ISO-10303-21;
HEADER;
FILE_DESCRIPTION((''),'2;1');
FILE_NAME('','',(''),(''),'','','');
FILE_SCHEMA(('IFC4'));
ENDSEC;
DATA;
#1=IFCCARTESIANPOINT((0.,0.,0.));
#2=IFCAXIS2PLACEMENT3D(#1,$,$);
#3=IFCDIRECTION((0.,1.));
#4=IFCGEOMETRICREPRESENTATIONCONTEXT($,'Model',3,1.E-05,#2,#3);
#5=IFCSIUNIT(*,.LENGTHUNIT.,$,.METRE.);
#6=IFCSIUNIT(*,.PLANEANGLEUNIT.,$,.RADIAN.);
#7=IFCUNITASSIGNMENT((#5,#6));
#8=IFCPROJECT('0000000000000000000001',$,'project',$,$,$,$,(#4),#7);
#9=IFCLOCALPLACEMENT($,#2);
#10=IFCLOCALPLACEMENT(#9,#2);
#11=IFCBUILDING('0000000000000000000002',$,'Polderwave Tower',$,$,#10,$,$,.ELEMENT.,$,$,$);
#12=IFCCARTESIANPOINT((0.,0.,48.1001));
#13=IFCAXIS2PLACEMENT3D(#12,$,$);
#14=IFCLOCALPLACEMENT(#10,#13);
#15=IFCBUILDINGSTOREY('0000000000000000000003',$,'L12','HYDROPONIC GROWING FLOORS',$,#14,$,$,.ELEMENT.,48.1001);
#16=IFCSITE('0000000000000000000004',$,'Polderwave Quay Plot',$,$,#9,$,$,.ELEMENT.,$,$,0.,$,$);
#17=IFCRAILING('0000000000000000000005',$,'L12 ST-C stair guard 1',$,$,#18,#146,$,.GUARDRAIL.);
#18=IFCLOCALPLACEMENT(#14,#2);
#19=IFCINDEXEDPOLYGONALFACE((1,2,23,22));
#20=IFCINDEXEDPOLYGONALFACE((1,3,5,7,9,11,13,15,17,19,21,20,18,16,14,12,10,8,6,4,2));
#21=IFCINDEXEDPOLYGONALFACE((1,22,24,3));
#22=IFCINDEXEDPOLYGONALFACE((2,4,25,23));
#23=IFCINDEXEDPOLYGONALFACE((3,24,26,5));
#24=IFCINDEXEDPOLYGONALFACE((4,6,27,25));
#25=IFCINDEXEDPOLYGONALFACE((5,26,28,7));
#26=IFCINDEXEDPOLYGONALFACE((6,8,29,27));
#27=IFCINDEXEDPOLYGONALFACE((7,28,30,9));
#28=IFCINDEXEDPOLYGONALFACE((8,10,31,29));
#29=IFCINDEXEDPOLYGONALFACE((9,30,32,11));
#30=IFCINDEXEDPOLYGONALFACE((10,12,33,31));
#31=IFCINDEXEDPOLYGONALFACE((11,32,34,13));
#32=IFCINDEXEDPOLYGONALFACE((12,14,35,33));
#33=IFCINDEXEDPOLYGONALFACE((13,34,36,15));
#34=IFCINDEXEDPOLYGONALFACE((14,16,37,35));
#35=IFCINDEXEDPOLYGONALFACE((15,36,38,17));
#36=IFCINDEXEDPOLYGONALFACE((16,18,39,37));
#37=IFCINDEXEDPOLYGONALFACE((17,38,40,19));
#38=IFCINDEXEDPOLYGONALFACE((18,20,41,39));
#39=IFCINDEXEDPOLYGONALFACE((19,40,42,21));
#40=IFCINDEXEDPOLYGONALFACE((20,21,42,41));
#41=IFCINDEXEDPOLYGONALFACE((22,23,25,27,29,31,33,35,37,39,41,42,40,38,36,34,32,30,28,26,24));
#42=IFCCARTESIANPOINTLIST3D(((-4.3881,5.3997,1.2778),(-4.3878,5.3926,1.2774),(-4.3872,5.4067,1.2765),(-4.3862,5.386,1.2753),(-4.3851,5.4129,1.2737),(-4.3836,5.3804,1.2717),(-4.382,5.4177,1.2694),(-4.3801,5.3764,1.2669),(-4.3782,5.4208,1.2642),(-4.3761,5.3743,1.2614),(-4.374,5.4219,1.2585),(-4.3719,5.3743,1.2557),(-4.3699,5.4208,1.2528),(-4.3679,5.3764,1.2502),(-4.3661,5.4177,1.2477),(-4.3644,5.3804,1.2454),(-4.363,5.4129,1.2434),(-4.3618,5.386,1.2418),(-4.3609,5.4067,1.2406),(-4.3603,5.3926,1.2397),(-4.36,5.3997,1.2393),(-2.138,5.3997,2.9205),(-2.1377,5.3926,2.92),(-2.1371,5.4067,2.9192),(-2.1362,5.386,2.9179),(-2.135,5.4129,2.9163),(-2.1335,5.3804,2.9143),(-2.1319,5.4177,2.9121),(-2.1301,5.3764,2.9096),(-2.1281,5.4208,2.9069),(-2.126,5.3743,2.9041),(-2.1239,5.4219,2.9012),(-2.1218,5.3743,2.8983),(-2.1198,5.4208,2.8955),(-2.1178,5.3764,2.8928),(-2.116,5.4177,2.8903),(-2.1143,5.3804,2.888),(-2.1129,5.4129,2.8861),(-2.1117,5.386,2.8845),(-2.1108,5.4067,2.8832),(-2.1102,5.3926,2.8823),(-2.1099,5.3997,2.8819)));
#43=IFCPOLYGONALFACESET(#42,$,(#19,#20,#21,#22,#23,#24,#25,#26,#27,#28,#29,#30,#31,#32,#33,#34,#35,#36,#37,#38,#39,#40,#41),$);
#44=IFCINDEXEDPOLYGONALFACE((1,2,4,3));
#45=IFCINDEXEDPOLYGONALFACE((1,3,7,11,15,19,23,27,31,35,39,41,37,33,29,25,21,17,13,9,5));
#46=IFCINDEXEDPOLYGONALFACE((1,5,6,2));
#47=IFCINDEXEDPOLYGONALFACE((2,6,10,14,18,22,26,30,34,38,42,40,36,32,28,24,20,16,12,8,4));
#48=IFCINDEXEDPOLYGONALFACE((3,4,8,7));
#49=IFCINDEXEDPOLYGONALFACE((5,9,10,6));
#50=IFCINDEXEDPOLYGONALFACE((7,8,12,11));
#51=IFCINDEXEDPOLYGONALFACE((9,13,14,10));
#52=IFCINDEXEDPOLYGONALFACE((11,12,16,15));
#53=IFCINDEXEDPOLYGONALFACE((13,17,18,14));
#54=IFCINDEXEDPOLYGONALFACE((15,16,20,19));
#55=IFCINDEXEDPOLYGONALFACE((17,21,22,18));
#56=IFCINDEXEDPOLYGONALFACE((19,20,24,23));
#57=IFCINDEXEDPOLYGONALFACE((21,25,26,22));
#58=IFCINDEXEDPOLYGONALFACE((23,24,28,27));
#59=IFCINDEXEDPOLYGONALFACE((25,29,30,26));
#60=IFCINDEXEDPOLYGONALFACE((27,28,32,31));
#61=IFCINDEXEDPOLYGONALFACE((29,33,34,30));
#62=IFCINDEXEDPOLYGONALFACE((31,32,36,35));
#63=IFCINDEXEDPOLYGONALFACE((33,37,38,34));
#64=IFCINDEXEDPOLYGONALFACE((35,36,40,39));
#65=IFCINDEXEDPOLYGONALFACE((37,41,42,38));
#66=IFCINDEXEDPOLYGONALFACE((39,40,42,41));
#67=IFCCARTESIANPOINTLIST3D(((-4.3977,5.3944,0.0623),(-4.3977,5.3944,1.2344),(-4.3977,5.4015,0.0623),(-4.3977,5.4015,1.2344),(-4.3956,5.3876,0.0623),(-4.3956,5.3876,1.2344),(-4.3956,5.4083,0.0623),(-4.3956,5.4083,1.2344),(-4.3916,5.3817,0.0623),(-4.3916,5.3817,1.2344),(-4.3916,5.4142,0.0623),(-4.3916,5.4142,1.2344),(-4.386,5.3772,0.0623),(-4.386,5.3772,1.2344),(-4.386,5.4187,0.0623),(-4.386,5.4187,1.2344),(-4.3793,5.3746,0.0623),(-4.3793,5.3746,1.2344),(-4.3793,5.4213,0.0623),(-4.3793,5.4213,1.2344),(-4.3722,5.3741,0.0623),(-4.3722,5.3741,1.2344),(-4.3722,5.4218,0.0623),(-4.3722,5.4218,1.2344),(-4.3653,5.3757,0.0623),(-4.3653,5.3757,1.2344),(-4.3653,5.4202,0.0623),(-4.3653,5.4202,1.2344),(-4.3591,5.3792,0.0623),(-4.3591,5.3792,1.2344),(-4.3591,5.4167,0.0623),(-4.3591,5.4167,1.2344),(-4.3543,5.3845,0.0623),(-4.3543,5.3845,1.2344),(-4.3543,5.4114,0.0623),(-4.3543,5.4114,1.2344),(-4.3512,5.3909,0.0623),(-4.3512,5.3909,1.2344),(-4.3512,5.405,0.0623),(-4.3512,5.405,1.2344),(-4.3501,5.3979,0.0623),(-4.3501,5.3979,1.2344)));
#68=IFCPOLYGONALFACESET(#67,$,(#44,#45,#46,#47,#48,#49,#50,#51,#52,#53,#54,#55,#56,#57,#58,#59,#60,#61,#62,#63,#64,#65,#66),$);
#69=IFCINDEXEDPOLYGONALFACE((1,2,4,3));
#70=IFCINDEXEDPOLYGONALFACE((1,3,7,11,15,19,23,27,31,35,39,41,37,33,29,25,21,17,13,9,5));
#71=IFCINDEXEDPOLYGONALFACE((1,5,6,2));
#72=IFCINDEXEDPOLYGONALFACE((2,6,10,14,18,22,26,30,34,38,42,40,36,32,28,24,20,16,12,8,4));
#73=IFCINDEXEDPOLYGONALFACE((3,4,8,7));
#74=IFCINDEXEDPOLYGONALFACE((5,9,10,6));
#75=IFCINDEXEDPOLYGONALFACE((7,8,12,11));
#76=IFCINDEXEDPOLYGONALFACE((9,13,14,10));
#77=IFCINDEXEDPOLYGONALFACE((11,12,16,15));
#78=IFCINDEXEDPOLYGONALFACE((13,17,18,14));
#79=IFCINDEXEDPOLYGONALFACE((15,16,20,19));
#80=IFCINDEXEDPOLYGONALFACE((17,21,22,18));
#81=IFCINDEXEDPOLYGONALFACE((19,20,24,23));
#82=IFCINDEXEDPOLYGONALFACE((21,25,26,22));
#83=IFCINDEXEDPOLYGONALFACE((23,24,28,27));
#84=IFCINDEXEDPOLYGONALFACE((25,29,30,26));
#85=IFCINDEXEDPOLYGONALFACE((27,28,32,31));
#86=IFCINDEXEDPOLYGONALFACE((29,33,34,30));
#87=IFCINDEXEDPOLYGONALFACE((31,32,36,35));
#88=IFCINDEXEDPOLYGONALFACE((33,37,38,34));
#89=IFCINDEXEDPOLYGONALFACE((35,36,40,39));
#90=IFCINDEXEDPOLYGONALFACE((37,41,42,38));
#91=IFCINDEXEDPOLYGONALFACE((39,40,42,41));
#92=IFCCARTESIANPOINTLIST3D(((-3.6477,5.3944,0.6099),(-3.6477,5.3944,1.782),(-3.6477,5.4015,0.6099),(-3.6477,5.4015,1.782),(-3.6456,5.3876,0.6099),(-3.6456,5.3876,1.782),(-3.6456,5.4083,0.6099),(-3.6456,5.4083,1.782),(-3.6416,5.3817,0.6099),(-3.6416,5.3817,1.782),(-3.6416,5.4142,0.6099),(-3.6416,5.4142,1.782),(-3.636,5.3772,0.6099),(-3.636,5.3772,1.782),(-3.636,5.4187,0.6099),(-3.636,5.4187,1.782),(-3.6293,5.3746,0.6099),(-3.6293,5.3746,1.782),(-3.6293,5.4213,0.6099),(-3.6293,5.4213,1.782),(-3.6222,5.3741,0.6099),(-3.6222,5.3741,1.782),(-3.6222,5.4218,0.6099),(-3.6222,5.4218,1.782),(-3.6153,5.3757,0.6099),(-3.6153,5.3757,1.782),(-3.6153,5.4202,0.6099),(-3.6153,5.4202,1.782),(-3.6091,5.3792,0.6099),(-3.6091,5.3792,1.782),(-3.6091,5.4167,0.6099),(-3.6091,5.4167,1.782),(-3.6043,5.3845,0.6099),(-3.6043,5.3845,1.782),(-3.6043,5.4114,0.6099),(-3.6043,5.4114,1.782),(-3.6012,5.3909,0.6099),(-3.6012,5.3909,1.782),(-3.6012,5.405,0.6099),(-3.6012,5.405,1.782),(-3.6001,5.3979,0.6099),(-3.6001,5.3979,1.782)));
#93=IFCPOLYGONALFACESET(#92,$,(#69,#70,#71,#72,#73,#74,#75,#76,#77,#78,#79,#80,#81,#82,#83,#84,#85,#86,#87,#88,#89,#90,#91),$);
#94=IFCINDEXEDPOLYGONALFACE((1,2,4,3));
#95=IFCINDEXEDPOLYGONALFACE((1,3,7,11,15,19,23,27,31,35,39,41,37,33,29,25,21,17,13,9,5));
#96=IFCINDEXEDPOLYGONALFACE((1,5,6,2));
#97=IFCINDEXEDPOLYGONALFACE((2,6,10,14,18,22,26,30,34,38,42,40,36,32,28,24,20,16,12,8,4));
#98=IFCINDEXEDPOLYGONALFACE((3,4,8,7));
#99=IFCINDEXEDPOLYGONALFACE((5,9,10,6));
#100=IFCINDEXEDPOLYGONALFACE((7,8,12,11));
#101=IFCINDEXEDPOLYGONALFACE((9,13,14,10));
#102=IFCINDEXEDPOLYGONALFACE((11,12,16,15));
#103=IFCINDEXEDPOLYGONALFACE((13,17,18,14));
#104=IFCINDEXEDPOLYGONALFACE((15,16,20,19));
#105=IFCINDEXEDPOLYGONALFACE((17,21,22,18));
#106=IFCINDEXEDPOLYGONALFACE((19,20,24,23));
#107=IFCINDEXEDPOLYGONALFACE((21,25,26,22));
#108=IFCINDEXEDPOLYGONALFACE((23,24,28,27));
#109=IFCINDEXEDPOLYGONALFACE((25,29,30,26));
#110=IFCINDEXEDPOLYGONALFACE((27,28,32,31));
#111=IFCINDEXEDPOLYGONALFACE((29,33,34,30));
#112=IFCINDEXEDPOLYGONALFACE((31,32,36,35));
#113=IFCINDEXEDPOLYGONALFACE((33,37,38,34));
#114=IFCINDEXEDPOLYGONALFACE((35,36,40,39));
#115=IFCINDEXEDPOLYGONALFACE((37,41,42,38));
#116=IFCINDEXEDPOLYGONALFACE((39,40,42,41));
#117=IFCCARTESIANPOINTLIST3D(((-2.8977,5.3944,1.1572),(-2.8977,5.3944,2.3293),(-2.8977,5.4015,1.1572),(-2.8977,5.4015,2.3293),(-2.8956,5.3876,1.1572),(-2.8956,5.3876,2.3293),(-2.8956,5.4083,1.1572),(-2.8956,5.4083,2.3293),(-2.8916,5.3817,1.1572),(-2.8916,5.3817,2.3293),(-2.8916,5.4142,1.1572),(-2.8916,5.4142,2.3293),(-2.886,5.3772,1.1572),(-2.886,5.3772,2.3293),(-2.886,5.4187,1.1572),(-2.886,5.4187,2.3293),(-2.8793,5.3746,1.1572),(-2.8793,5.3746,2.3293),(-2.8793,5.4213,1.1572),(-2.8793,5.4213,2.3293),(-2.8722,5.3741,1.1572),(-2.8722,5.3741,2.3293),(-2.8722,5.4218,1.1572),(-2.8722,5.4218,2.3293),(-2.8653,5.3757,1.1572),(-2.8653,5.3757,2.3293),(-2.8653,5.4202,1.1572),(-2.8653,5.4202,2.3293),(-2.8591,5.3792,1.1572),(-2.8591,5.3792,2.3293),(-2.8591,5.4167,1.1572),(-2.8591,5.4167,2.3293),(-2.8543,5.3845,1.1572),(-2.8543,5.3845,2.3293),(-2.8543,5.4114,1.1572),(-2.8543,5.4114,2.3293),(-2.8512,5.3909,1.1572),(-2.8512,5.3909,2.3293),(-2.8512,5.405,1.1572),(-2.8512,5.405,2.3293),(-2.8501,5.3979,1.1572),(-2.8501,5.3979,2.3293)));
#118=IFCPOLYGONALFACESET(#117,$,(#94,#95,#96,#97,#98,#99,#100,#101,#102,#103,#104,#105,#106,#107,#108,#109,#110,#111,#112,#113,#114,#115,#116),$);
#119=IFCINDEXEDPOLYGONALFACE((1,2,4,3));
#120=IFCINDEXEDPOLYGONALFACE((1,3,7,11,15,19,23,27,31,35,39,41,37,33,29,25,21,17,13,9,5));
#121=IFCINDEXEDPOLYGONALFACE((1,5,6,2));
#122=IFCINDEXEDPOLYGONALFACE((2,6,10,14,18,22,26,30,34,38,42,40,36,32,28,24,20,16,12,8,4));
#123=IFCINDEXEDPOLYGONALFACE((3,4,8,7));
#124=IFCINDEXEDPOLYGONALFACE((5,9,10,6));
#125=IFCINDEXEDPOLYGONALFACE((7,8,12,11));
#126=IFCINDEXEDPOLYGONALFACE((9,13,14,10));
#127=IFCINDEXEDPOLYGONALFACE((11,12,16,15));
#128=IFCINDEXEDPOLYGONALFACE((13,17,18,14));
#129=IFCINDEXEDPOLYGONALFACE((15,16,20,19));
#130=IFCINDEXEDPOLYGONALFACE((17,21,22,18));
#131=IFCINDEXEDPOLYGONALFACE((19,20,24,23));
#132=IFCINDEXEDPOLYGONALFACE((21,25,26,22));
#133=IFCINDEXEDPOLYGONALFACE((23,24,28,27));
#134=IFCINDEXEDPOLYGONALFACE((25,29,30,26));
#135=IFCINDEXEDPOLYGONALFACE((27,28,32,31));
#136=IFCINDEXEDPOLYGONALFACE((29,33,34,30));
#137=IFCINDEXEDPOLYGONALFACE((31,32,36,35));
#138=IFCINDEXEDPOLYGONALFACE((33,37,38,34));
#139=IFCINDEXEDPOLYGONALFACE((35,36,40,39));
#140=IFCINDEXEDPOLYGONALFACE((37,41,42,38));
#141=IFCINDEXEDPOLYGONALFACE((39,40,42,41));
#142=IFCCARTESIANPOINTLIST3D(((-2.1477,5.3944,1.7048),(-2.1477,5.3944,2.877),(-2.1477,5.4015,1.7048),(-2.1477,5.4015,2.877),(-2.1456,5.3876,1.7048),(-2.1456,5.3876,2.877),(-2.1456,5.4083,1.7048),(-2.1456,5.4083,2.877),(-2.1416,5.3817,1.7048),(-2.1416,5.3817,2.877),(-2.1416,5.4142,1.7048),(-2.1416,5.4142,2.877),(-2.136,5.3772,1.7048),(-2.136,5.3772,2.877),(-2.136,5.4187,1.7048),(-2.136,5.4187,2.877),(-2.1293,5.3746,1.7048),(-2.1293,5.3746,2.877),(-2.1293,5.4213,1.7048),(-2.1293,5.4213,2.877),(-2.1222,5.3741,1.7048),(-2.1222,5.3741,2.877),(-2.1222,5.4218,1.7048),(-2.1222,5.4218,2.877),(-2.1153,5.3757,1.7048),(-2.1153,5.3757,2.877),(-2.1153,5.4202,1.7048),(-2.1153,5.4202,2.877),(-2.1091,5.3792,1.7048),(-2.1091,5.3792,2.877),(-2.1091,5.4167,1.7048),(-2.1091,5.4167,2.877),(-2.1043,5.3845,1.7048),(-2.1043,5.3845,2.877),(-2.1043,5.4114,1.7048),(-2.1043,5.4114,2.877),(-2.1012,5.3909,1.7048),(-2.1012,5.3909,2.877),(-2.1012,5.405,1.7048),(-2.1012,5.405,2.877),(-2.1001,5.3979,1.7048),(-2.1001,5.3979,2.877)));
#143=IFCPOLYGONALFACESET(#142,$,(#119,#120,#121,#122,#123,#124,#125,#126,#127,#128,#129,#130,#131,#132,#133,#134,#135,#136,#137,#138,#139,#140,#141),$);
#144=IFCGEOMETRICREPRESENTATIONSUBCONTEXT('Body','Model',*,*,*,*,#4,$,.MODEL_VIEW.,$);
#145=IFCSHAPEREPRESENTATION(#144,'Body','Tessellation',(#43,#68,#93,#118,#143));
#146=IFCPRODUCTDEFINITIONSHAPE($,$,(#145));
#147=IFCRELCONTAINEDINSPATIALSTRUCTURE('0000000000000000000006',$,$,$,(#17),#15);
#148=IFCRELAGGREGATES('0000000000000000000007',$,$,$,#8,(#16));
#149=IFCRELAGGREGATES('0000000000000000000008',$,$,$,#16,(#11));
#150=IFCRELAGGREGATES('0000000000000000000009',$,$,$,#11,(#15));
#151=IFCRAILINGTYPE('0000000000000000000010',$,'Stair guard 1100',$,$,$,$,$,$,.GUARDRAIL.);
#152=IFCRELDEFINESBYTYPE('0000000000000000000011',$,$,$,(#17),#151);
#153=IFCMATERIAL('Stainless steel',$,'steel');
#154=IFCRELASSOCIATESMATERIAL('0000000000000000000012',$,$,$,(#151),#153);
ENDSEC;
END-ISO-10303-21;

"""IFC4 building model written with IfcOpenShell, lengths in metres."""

from ifc_helpers import new_model, si_unit, direction, frame, origin, origin_2d, place, context, subcontext, project, spatial, circle, extrude, material, type_object, element, save


model = new_model("IFC4")

# Units and contexts
model_context = context("Model", 3, precision=1e-05, world=origin(), true_north=direction((0.0, 1.0)))
body_context = subcontext(model_context, "Body", "Model", "MODEL_VIEW")
ifc_project = project(units=[si_unit("LENGTHUNIT", "METRE"), si_unit("PLANEANGLEUNIT", "RADIAN")], contexts=[model_context])

# Site, building, storey
site_placement = place(None, origin())
site = spatial("IfcSite", under=ifc_project, at=site_placement, Name="Polderwave Quay Plot", CompositionType="ELEMENT", RefElevation=0.0)
building_placement = place(site_placement, origin())
building = spatial("IfcBuilding", under=site, at=building_placement, Name="Polderwave Tower", CompositionType="ELEMENT")
storey_placement = place(building_placement, frame((0.0, 0.0, 48.1001)))
storey = spatial("IfcBuildingStorey", under=building, at=storey_placement, Name="L12", Description="HYDROPONIC GROWING FLOORS", CompositionType="ELEMENT", Elevation=48.1001)

# Railing
ifc_material_1 = material(Name="Stainless steel", Category="steel")
railing_type_1 = type_object("IfcRailingType", Name="Stair guard 1100", PredefinedType="GUARDRAIL", material=ifc_material_1)
railing_1_placement = place(storey_placement, frame((-4.374, 5.3979, 0.0623)))
element("IfcRailing", 1, at=railing_1_placement, inside=storey, type_object=railing_type_1, Name="L12 ST-C stair guard 1", PredefinedType="GUARDRAIL", context=body_context, shape_type="SweptSolid", body=[
    extrude(circle(Radius=0.0239, at=origin_2d()), frame((0.0, 0.0, 1.1963), z_axis=(0.807674, 0.0, 0.58963), x_axis=(0.0, 1.0, 0.0)), (0.0, 0.0, 1.0), 2.7859),
    extrude(circle(Radius=0.0239, at=origin_2d()), origin(), (0.0, 0.0, 1.0), 1.1721),
    extrude(circle(Radius=0.0239, at=origin_2d()), frame((0.75, 0.0, 0.5476)), (0.0, 0.0, 1.0), 1.1721),
    extrude(circle(Radius=0.0239, at=origin_2d()), frame((1.5, 0.0, 1.095)), (0.0, 0.0, 1.0), 1.1721),
    extrude(circle(Radius=0.0239, at=origin_2d()), frame((2.25, 0.0, 1.6426)), (0.0, 0.0, 1.0), 1.1721),
])

save(model, "model.ifc")
